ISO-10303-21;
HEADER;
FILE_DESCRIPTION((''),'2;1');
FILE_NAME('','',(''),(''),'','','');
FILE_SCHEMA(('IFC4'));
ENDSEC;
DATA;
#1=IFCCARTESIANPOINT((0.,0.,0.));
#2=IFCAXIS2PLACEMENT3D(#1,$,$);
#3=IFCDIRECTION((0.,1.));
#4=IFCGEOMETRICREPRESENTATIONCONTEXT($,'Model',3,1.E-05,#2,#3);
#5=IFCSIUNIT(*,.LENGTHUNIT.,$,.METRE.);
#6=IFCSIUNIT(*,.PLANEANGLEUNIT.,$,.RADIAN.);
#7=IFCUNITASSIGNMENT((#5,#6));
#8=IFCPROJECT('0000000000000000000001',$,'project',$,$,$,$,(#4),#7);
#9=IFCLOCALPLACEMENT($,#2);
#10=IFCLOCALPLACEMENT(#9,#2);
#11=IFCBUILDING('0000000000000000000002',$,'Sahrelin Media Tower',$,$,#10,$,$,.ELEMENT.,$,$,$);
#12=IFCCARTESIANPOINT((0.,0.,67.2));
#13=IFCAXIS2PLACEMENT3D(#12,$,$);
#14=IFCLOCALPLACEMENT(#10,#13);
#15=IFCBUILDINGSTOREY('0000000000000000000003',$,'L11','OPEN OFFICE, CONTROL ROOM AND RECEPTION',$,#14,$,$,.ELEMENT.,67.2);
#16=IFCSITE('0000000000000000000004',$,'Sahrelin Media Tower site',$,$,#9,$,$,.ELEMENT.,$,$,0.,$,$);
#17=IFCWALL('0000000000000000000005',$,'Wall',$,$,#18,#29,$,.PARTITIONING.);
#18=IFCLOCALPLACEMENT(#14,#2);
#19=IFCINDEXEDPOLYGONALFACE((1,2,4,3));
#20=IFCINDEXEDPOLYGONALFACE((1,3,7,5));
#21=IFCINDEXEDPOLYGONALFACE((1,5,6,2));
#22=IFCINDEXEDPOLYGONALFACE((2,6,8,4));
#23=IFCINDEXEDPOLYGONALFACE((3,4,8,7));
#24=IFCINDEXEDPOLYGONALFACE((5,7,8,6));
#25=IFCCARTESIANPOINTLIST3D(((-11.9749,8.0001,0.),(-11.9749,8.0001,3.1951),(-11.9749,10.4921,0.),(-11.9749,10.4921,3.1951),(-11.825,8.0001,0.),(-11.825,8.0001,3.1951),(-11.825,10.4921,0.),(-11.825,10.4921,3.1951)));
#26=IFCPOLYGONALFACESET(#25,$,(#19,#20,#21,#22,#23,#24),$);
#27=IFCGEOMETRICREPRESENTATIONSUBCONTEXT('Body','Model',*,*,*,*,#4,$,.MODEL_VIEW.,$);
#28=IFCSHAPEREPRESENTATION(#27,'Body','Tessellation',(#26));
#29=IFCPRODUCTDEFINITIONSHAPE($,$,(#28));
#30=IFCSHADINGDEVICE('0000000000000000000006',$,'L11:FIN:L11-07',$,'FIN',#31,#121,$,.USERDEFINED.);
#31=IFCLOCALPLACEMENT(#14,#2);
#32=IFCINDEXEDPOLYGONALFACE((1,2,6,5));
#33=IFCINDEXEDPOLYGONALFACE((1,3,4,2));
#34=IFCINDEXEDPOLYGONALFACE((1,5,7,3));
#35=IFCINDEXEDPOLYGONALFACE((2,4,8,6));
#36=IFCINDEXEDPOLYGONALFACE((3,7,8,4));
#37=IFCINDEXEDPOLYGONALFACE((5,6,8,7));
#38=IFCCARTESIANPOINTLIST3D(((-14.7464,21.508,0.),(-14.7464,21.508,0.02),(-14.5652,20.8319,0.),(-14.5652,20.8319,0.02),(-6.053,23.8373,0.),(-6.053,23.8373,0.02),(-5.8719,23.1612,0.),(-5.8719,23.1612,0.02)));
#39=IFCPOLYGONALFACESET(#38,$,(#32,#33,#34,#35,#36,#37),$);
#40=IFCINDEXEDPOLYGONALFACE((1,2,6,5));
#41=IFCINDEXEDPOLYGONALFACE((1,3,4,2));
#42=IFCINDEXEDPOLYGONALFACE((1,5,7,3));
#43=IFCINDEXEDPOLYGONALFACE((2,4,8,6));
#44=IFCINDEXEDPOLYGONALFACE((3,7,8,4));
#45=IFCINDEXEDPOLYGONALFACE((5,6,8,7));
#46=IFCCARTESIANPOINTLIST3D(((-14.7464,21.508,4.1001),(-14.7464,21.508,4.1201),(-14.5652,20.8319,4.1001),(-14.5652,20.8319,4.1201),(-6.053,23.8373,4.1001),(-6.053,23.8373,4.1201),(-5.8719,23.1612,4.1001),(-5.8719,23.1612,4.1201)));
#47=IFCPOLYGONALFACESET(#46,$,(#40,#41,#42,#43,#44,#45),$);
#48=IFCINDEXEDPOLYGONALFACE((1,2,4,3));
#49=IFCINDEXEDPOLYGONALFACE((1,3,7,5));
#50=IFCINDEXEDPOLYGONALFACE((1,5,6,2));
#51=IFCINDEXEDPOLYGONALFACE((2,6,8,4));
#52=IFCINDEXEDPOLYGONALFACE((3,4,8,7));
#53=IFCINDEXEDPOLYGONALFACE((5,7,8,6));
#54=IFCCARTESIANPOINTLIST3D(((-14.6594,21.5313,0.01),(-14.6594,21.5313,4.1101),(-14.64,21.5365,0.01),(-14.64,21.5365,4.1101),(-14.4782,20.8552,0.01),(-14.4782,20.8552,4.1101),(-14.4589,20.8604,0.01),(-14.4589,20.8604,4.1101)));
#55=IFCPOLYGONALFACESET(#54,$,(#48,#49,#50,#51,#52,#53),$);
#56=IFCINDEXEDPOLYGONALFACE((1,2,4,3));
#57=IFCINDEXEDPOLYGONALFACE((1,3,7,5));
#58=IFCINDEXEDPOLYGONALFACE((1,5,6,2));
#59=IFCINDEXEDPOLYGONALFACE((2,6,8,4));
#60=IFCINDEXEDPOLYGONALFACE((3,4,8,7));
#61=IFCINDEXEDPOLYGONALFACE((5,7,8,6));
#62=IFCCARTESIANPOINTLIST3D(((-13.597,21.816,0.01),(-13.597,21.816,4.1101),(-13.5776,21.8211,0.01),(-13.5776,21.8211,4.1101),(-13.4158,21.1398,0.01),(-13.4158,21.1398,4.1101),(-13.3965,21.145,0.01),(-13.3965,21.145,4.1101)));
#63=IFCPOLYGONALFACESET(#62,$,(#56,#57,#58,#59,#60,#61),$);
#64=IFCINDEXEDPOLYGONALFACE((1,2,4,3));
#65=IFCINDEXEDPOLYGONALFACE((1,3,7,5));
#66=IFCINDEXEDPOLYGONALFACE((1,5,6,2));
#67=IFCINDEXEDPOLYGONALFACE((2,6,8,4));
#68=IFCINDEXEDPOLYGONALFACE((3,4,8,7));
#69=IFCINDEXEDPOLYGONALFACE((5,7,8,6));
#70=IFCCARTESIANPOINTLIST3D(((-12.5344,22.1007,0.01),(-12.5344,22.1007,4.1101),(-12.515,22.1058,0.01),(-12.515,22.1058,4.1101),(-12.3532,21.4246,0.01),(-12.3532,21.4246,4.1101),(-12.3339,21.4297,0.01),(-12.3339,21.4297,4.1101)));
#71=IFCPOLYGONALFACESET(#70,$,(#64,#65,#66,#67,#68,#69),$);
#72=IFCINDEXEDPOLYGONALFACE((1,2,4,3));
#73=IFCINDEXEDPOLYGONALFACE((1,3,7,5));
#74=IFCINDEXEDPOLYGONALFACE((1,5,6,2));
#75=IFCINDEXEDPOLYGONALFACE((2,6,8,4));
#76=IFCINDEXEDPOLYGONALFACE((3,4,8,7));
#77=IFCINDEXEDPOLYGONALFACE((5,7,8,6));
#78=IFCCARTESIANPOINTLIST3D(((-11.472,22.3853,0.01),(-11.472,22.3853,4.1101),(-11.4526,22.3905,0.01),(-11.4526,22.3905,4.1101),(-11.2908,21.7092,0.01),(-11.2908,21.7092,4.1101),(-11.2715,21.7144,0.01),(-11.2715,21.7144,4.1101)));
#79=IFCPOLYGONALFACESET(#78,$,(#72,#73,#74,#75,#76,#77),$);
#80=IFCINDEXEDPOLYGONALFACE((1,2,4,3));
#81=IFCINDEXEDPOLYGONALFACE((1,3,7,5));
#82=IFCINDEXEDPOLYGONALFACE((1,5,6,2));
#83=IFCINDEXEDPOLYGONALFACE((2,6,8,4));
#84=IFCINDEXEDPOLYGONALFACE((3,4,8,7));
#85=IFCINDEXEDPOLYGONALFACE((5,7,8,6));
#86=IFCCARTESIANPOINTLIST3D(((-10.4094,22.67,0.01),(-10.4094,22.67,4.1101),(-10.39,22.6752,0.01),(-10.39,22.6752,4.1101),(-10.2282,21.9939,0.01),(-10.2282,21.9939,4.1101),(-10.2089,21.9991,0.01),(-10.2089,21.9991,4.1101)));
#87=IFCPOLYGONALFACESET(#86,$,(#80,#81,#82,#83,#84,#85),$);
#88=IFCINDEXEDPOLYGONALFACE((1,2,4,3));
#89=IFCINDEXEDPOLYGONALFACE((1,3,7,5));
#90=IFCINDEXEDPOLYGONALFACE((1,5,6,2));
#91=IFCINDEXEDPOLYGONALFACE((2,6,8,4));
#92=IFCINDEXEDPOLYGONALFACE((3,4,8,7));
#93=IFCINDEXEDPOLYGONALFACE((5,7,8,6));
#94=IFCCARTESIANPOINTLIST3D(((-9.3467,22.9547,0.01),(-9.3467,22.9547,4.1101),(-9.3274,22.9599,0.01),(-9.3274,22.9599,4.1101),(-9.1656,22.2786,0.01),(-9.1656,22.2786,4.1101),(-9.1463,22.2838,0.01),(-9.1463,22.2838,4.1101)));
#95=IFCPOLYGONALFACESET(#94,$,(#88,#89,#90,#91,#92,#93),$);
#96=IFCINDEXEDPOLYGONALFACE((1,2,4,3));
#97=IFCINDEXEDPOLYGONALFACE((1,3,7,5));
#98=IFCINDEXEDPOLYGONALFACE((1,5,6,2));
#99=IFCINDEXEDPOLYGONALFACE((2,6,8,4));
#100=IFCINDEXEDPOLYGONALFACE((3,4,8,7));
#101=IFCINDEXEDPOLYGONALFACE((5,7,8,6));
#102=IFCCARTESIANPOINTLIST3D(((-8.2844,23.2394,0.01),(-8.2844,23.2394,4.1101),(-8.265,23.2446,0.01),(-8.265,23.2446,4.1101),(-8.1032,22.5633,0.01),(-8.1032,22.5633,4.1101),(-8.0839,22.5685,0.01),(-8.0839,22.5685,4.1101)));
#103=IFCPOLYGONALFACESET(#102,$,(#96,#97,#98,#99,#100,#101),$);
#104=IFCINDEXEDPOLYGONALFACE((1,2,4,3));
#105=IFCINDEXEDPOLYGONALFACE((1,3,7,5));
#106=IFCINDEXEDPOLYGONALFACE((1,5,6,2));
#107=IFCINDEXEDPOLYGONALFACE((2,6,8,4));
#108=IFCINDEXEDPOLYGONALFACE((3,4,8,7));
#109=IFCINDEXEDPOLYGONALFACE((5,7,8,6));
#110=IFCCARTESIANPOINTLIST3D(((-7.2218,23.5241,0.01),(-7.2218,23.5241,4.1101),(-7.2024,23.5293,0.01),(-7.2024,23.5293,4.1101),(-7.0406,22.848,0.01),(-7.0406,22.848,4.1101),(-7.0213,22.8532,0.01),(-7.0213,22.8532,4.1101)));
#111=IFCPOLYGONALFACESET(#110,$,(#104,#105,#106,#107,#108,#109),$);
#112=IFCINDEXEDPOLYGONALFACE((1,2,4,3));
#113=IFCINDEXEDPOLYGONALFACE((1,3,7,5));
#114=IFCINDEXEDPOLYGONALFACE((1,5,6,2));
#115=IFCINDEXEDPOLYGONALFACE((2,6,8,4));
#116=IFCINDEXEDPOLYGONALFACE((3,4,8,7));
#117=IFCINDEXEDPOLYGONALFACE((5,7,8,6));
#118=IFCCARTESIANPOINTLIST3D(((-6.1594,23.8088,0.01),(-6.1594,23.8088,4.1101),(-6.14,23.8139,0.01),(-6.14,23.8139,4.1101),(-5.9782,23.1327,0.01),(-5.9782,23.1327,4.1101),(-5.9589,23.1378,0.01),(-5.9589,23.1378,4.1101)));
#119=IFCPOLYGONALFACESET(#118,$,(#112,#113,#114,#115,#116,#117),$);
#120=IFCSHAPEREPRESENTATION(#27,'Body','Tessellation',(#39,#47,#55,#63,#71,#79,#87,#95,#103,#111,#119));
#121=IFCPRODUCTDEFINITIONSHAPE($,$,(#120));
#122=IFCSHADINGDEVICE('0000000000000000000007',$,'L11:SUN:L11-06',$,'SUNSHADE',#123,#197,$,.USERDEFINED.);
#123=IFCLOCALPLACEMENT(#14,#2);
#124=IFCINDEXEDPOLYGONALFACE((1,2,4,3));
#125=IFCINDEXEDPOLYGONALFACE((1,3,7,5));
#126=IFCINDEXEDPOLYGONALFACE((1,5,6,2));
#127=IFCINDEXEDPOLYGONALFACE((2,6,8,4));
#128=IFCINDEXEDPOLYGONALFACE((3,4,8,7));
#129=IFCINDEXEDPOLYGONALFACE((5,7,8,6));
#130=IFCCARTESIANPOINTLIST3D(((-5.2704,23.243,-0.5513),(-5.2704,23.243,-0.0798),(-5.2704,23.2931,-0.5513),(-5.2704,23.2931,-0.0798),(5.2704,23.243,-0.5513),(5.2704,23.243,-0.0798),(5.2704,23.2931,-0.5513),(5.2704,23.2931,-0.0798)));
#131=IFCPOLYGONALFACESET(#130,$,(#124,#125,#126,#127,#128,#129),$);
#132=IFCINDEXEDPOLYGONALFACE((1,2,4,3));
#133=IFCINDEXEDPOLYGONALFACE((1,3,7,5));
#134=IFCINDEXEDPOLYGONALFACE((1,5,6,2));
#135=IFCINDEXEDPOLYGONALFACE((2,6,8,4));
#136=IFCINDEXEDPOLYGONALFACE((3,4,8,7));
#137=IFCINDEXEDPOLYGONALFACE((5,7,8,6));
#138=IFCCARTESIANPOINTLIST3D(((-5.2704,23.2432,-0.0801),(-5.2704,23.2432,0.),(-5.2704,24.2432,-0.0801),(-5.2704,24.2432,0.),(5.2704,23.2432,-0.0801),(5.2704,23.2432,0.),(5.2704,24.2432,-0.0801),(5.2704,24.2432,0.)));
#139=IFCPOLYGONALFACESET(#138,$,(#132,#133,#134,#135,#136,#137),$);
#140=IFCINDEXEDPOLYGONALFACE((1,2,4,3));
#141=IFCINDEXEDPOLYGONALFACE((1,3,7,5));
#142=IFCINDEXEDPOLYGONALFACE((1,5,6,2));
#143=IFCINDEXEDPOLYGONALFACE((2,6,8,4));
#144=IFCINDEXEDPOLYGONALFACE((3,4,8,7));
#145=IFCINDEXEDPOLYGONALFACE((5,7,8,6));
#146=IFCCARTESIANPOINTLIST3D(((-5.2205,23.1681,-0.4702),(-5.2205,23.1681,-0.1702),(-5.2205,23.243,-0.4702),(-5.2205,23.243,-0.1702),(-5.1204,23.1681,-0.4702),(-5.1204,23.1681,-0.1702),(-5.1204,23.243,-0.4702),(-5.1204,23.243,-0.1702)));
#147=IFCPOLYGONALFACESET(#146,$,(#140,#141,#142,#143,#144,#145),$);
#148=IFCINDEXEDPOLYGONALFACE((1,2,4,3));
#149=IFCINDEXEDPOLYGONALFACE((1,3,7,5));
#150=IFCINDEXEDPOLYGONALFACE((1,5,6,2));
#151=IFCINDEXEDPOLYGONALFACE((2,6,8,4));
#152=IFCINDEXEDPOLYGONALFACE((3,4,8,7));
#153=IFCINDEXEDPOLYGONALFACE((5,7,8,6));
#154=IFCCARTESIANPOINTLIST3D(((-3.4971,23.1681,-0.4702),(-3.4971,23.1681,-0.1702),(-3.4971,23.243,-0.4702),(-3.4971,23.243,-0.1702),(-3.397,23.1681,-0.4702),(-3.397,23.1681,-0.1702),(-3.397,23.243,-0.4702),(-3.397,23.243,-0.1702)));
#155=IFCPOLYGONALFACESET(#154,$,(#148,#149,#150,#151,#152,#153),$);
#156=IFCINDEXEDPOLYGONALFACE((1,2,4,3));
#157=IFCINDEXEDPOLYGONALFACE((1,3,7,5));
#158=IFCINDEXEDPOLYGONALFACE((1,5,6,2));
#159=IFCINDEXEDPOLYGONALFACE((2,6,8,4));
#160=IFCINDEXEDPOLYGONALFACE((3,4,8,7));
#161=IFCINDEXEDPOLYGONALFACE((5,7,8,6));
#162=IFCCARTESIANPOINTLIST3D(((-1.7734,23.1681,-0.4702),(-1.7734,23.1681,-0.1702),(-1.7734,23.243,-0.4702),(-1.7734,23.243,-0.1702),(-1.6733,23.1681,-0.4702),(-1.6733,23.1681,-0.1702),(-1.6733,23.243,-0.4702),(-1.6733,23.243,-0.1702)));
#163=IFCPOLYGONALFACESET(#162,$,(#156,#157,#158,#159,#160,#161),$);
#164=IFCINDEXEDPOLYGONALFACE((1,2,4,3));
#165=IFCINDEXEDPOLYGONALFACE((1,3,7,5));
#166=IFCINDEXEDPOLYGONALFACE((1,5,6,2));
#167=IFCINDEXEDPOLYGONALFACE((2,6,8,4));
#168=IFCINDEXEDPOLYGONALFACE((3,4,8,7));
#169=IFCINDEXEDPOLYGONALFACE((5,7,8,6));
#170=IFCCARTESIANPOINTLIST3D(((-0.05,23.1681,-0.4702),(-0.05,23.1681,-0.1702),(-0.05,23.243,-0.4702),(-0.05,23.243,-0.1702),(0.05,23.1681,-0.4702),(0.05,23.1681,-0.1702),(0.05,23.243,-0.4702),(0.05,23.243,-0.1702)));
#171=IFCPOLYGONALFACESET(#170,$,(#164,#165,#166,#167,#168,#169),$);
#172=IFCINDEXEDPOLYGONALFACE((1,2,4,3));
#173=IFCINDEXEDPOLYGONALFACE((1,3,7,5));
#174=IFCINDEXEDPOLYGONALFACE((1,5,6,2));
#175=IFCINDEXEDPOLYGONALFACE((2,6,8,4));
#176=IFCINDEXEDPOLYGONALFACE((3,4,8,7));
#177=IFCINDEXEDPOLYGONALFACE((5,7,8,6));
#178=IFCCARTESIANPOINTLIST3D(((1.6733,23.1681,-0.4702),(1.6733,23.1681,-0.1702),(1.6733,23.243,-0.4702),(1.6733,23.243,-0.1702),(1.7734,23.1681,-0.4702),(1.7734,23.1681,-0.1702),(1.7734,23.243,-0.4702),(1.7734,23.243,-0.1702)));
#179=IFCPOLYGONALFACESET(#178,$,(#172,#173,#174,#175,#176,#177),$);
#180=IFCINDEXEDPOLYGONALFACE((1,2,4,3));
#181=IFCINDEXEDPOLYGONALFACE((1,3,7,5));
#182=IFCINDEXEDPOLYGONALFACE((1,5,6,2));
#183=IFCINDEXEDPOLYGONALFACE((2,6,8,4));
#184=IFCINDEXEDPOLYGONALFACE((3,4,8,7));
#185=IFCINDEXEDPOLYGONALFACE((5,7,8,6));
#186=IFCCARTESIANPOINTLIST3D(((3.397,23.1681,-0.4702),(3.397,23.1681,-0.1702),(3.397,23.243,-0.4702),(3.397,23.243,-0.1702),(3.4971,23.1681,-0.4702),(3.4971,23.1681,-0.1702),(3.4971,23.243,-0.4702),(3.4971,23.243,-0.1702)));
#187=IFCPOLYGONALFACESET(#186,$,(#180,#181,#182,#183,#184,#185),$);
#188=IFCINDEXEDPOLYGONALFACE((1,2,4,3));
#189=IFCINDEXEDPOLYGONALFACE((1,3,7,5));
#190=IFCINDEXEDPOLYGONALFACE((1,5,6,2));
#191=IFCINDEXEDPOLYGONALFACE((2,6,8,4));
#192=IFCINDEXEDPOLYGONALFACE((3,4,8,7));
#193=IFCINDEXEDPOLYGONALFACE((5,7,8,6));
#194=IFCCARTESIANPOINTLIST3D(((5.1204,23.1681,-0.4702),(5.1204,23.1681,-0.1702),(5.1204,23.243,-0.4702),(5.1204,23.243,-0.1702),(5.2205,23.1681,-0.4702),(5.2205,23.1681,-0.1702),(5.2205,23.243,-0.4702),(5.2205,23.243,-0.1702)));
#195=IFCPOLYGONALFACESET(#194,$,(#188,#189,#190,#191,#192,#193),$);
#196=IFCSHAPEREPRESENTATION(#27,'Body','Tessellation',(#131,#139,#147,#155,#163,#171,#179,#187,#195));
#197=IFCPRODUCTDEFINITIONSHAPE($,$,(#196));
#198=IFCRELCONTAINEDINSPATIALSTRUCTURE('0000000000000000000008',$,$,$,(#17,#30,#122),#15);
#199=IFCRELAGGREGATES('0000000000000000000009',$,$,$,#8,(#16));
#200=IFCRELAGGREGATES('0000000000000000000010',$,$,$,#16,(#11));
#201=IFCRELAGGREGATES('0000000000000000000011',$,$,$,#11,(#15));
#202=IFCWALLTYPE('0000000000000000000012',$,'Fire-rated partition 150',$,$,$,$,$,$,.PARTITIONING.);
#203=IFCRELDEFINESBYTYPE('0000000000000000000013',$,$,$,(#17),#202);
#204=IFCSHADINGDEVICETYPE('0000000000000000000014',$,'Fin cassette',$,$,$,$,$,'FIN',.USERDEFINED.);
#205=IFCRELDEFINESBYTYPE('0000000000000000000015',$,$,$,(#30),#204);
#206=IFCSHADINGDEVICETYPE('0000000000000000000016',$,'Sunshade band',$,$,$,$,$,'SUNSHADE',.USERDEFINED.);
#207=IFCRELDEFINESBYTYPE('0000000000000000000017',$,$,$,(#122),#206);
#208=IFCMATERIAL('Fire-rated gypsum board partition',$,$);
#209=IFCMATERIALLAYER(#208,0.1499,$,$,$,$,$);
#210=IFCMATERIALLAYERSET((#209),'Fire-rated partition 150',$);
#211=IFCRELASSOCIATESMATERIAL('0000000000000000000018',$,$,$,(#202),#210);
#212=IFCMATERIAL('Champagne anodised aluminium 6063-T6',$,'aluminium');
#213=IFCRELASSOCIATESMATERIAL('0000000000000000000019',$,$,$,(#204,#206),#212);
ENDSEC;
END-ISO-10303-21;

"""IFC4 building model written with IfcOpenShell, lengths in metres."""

from ifc_helpers import new_model, si_unit, direction, frame, frame_2d, origin, origin_2d, place, context, subcontext, project, spatial, rectangle, extrude, material, layer, layer_set, type_object, element, save


model = new_model("IFC4")

# Units and contexts
model_context = context("Model", 3, precision=1e-05, world=origin(), true_north=direction((0.0, 1.0)))
body_context = subcontext(model_context, "Body", "Model", "MODEL_VIEW")
ifc_project = project(units=[si_unit("LENGTHUNIT", "METRE"), si_unit("PLANEANGLEUNIT", "RADIAN")], contexts=[model_context])

# Site, building, storey
site_placement = place(None, origin())
site = spatial("IfcSite", under=ifc_project, at=site_placement, Name="Sahrelin Media Tower site", CompositionType="ELEMENT", RefElevation=0.0)
building_placement = place(site_placement, origin())
building = spatial("IfcBuilding", under=site, at=building_placement, Name="Sahrelin Media Tower", CompositionType="ELEMENT")
storey_placement = place(building_placement, frame((0.0, 0.0, 67.2)))
storey = spatial("IfcBuildingStorey", under=building, at=storey_placement, Name="L11", Description="OPEN OFFICE, CONTROL ROOM AND RECEPTION", CompositionType="ELEMENT", Elevation=67.2)

# Shared definitions
ifc_material_1 = material(Name="Champagne anodised aluminium 6063-T6", Category="aluminium")
placement_1 = place(storey_placement, frame((0.0, 23.2231, 0.0), z_axis=(0.0, 0.0, 1.0), x_axis=(1.0, 0.0, 0.0)))

# Shared definitions
ifc_material_2 = material(Name="Fire-rated gypsum board partition")
ifc_layer_1 = layer(ifc_material_2, 0.1499)
ifc_layer_set_1 = layer_set([ifc_layer_1], Name="Fire-rated partition 150")
wall_type_1 = type_object("IfcWallType", Name="Fire-rated partition 150", PredefinedType="PARTITIONING", material=ifc_layer_set_1)

# Wall
wall_1_placement = place(storey_placement, frame((-11.8999, 8.0, 0.0), z_axis=(0.0, 0.0, 1.0), x_axis=(0.0, 1.0, 0.0)))
element("IfcWall", 1, at=wall_1_placement, inside=storey, type_object=wall_type_1, Name="Wall", PredefinedType="PARTITIONING", context=body_context, shape_type="SweptSolid", body=[
    extrude(rectangle(XDim=2.4919, YDim=0.1499, at=frame_2d((1.2461, 0.0))), origin(), (0.0, 0.0, 1.0), 3.1951),
])

# Shading devices
shading_device_type_1 = type_object("IfcShadingDeviceType", Name="Fin cassette", ElementType="FIN", PredefinedType="USERDEFINED", material=ifc_material_1)
placement_2 = place(storey_placement, frame((-10.2004, 21.929, 0.0), z_axis=(0.0, 0.0, 1.0), x_axis=(0.965929, 0.258808, 0.0)))
element("IfcShadingDevice", 2, at=placement_2, inside=storey, type_object=shading_device_type_1, Name="L11:FIN:L11-07", ObjectType="FIN", PredefinedType="USERDEFINED", context=body_context, shape_type="SweptSolid", body=[
    extrude(rectangle(XDim=9.0, YDim=0.7, at=origin_2d()), frame((0.0, 0.4199, 0.0)), (0.0, 0.0, 1.0), 0.02),
    extrude(rectangle(XDim=9.0, YDim=0.7, at=origin_2d()), frame((0.0, 0.4199, 4.1001)), (0.0, 0.0, 1.0), 0.02),
    extrude(rectangle(XDim=0.02, YDim=0.7, at=origin_2d()), frame((-4.3999, 0.4199, 0.01), z_axis=(0.0, 0.0, 1.0), x_axis=(1.0, 0.0, 0.0)), (0.0, 0.0, 1.0), 4.1001),
    extrude(rectangle(XDim=0.02, YDim=0.7, at=origin_2d()), frame((-3.3, 0.4199, 0.01), z_axis=(0.0, 0.0, 1.0), x_axis=(1.0, 0.0, 0.0)), (0.0, 0.0, 1.0), 4.1001),
    extrude(rectangle(XDim=0.02, YDim=0.7, at=origin_2d()), frame((-2.2, 0.4199, 0.01), z_axis=(0.0, 0.0, 1.0), x_axis=(1.0, 0.0, 0.0)), (0.0, 0.0, 1.0), 4.1001),
    extrude(rectangle(XDim=0.02, YDim=0.7, at=origin_2d()), frame((-1.1001, 0.4199, 0.01), z_axis=(0.0, 0.0, 1.0), x_axis=(1.0, 0.0, 0.0)), (0.0, 0.0, 1.0), 4.1001),
    extrude(rectangle(XDim=0.02, YDim=0.7, at=origin_2d()), frame((0.0, 0.4199, 0.01), z_axis=(0.0, 0.0, 1.0), x_axis=(1.0, 0.0, 0.0)), (0.0, 0.0, 1.0), 4.1001),
    extrude(rectangle(XDim=0.02, YDim=0.7, at=origin_2d()), frame((1.1001, 0.4199, 0.01), z_axis=(0.0, 0.0, 1.0), x_axis=(1.0, 0.0, 0.0)), (0.0, 0.0, 1.0), 4.1001),
    extrude(rectangle(XDim=0.02, YDim=0.7, at=origin_2d()), frame((2.2, 0.4199, 0.01), z_axis=(0.0, 0.0, 1.0), x_axis=(1.0, 0.0, 0.0)), (0.0, 0.0, 1.0), 4.1001),
    extrude(rectangle(XDim=0.02, YDim=0.7, at=origin_2d()), frame((3.3, 0.4199, 0.01), z_axis=(0.0, 0.0, 1.0), x_axis=(1.0, 0.0, 0.0)), (0.0, 0.0, 1.0), 4.1001),
    extrude(rectangle(XDim=0.02, YDim=0.7, at=origin_2d()), frame((4.3999, 0.4199, 0.01), z_axis=(0.0, 0.0, 1.0), x_axis=(1.0, 0.0, 0.0)), (0.0, 0.0, 1.0), 4.1001),
])
shading_device_type_2 = type_object("IfcShadingDeviceType", Name="Sunshade band", ElementType="SUNSHADE", PredefinedType="USERDEFINED", material=ifc_material_1)
element("IfcShadingDevice", 3, at=placement_1, inside=storey, type_object=shading_device_type_2, Name="L11:SUN:L11-06", ObjectType="SUNSHADE", PredefinedType="USERDEFINED", context=body_context, shape_type="SweptSolid", body=[
    extrude(rectangle(XDim=10.5408, YDim=0.05, at=origin_2d()), frame((0.0, 0.0449, -0.5513)), (0.0, 0.0, 1.0), 0.4714),
    extrude(rectangle(XDim=10.5408, YDim=1.0, at=origin_2d()), frame((0.0, 0.52, -0.0801)), (0.0, 0.0, 1.0), 0.0801),
    extrude(rectangle(XDim=0.1001, YDim=0.075, at=origin_2d()), frame((-5.1704, -0.0176, -0.4702)), (0.0, 0.0, 1.0), 0.3),
    extrude(rectangle(XDim=0.1001, YDim=0.075, at=origin_2d()), frame((-3.447, -0.0176, -0.4702)), (0.0, 0.0, 1.0), 0.3),
    extrude(rectangle(XDim=0.1001, YDim=0.075, at=origin_2d()), frame((-1.7234, -0.0176, -0.4702)), (0.0, 0.0, 1.0), 0.3),
    extrude(rectangle(XDim=0.1001, YDim=0.075, at=origin_2d()), frame((0.0, -0.0176, -0.4702)), (0.0, 0.0, 1.0), 0.3),
    extrude(rectangle(XDim=0.1001, YDim=0.075, at=origin_2d()), frame((1.7234, -0.0176, -0.4702)), (0.0, 0.0, 1.0), 0.3),
    extrude(rectangle(XDim=0.1001, YDim=0.075, at=origin_2d()), frame((3.447, -0.0176, -0.4702)), (0.0, 0.0, 1.0), 0.3),
    extrude(rectangle(XDim=0.1001, YDim=0.075, at=origin_2d()), frame((5.1704, -0.0176, -0.4702)), (0.0, 0.0, 1.0), 0.3),
])

save(model, "model.ifc")
